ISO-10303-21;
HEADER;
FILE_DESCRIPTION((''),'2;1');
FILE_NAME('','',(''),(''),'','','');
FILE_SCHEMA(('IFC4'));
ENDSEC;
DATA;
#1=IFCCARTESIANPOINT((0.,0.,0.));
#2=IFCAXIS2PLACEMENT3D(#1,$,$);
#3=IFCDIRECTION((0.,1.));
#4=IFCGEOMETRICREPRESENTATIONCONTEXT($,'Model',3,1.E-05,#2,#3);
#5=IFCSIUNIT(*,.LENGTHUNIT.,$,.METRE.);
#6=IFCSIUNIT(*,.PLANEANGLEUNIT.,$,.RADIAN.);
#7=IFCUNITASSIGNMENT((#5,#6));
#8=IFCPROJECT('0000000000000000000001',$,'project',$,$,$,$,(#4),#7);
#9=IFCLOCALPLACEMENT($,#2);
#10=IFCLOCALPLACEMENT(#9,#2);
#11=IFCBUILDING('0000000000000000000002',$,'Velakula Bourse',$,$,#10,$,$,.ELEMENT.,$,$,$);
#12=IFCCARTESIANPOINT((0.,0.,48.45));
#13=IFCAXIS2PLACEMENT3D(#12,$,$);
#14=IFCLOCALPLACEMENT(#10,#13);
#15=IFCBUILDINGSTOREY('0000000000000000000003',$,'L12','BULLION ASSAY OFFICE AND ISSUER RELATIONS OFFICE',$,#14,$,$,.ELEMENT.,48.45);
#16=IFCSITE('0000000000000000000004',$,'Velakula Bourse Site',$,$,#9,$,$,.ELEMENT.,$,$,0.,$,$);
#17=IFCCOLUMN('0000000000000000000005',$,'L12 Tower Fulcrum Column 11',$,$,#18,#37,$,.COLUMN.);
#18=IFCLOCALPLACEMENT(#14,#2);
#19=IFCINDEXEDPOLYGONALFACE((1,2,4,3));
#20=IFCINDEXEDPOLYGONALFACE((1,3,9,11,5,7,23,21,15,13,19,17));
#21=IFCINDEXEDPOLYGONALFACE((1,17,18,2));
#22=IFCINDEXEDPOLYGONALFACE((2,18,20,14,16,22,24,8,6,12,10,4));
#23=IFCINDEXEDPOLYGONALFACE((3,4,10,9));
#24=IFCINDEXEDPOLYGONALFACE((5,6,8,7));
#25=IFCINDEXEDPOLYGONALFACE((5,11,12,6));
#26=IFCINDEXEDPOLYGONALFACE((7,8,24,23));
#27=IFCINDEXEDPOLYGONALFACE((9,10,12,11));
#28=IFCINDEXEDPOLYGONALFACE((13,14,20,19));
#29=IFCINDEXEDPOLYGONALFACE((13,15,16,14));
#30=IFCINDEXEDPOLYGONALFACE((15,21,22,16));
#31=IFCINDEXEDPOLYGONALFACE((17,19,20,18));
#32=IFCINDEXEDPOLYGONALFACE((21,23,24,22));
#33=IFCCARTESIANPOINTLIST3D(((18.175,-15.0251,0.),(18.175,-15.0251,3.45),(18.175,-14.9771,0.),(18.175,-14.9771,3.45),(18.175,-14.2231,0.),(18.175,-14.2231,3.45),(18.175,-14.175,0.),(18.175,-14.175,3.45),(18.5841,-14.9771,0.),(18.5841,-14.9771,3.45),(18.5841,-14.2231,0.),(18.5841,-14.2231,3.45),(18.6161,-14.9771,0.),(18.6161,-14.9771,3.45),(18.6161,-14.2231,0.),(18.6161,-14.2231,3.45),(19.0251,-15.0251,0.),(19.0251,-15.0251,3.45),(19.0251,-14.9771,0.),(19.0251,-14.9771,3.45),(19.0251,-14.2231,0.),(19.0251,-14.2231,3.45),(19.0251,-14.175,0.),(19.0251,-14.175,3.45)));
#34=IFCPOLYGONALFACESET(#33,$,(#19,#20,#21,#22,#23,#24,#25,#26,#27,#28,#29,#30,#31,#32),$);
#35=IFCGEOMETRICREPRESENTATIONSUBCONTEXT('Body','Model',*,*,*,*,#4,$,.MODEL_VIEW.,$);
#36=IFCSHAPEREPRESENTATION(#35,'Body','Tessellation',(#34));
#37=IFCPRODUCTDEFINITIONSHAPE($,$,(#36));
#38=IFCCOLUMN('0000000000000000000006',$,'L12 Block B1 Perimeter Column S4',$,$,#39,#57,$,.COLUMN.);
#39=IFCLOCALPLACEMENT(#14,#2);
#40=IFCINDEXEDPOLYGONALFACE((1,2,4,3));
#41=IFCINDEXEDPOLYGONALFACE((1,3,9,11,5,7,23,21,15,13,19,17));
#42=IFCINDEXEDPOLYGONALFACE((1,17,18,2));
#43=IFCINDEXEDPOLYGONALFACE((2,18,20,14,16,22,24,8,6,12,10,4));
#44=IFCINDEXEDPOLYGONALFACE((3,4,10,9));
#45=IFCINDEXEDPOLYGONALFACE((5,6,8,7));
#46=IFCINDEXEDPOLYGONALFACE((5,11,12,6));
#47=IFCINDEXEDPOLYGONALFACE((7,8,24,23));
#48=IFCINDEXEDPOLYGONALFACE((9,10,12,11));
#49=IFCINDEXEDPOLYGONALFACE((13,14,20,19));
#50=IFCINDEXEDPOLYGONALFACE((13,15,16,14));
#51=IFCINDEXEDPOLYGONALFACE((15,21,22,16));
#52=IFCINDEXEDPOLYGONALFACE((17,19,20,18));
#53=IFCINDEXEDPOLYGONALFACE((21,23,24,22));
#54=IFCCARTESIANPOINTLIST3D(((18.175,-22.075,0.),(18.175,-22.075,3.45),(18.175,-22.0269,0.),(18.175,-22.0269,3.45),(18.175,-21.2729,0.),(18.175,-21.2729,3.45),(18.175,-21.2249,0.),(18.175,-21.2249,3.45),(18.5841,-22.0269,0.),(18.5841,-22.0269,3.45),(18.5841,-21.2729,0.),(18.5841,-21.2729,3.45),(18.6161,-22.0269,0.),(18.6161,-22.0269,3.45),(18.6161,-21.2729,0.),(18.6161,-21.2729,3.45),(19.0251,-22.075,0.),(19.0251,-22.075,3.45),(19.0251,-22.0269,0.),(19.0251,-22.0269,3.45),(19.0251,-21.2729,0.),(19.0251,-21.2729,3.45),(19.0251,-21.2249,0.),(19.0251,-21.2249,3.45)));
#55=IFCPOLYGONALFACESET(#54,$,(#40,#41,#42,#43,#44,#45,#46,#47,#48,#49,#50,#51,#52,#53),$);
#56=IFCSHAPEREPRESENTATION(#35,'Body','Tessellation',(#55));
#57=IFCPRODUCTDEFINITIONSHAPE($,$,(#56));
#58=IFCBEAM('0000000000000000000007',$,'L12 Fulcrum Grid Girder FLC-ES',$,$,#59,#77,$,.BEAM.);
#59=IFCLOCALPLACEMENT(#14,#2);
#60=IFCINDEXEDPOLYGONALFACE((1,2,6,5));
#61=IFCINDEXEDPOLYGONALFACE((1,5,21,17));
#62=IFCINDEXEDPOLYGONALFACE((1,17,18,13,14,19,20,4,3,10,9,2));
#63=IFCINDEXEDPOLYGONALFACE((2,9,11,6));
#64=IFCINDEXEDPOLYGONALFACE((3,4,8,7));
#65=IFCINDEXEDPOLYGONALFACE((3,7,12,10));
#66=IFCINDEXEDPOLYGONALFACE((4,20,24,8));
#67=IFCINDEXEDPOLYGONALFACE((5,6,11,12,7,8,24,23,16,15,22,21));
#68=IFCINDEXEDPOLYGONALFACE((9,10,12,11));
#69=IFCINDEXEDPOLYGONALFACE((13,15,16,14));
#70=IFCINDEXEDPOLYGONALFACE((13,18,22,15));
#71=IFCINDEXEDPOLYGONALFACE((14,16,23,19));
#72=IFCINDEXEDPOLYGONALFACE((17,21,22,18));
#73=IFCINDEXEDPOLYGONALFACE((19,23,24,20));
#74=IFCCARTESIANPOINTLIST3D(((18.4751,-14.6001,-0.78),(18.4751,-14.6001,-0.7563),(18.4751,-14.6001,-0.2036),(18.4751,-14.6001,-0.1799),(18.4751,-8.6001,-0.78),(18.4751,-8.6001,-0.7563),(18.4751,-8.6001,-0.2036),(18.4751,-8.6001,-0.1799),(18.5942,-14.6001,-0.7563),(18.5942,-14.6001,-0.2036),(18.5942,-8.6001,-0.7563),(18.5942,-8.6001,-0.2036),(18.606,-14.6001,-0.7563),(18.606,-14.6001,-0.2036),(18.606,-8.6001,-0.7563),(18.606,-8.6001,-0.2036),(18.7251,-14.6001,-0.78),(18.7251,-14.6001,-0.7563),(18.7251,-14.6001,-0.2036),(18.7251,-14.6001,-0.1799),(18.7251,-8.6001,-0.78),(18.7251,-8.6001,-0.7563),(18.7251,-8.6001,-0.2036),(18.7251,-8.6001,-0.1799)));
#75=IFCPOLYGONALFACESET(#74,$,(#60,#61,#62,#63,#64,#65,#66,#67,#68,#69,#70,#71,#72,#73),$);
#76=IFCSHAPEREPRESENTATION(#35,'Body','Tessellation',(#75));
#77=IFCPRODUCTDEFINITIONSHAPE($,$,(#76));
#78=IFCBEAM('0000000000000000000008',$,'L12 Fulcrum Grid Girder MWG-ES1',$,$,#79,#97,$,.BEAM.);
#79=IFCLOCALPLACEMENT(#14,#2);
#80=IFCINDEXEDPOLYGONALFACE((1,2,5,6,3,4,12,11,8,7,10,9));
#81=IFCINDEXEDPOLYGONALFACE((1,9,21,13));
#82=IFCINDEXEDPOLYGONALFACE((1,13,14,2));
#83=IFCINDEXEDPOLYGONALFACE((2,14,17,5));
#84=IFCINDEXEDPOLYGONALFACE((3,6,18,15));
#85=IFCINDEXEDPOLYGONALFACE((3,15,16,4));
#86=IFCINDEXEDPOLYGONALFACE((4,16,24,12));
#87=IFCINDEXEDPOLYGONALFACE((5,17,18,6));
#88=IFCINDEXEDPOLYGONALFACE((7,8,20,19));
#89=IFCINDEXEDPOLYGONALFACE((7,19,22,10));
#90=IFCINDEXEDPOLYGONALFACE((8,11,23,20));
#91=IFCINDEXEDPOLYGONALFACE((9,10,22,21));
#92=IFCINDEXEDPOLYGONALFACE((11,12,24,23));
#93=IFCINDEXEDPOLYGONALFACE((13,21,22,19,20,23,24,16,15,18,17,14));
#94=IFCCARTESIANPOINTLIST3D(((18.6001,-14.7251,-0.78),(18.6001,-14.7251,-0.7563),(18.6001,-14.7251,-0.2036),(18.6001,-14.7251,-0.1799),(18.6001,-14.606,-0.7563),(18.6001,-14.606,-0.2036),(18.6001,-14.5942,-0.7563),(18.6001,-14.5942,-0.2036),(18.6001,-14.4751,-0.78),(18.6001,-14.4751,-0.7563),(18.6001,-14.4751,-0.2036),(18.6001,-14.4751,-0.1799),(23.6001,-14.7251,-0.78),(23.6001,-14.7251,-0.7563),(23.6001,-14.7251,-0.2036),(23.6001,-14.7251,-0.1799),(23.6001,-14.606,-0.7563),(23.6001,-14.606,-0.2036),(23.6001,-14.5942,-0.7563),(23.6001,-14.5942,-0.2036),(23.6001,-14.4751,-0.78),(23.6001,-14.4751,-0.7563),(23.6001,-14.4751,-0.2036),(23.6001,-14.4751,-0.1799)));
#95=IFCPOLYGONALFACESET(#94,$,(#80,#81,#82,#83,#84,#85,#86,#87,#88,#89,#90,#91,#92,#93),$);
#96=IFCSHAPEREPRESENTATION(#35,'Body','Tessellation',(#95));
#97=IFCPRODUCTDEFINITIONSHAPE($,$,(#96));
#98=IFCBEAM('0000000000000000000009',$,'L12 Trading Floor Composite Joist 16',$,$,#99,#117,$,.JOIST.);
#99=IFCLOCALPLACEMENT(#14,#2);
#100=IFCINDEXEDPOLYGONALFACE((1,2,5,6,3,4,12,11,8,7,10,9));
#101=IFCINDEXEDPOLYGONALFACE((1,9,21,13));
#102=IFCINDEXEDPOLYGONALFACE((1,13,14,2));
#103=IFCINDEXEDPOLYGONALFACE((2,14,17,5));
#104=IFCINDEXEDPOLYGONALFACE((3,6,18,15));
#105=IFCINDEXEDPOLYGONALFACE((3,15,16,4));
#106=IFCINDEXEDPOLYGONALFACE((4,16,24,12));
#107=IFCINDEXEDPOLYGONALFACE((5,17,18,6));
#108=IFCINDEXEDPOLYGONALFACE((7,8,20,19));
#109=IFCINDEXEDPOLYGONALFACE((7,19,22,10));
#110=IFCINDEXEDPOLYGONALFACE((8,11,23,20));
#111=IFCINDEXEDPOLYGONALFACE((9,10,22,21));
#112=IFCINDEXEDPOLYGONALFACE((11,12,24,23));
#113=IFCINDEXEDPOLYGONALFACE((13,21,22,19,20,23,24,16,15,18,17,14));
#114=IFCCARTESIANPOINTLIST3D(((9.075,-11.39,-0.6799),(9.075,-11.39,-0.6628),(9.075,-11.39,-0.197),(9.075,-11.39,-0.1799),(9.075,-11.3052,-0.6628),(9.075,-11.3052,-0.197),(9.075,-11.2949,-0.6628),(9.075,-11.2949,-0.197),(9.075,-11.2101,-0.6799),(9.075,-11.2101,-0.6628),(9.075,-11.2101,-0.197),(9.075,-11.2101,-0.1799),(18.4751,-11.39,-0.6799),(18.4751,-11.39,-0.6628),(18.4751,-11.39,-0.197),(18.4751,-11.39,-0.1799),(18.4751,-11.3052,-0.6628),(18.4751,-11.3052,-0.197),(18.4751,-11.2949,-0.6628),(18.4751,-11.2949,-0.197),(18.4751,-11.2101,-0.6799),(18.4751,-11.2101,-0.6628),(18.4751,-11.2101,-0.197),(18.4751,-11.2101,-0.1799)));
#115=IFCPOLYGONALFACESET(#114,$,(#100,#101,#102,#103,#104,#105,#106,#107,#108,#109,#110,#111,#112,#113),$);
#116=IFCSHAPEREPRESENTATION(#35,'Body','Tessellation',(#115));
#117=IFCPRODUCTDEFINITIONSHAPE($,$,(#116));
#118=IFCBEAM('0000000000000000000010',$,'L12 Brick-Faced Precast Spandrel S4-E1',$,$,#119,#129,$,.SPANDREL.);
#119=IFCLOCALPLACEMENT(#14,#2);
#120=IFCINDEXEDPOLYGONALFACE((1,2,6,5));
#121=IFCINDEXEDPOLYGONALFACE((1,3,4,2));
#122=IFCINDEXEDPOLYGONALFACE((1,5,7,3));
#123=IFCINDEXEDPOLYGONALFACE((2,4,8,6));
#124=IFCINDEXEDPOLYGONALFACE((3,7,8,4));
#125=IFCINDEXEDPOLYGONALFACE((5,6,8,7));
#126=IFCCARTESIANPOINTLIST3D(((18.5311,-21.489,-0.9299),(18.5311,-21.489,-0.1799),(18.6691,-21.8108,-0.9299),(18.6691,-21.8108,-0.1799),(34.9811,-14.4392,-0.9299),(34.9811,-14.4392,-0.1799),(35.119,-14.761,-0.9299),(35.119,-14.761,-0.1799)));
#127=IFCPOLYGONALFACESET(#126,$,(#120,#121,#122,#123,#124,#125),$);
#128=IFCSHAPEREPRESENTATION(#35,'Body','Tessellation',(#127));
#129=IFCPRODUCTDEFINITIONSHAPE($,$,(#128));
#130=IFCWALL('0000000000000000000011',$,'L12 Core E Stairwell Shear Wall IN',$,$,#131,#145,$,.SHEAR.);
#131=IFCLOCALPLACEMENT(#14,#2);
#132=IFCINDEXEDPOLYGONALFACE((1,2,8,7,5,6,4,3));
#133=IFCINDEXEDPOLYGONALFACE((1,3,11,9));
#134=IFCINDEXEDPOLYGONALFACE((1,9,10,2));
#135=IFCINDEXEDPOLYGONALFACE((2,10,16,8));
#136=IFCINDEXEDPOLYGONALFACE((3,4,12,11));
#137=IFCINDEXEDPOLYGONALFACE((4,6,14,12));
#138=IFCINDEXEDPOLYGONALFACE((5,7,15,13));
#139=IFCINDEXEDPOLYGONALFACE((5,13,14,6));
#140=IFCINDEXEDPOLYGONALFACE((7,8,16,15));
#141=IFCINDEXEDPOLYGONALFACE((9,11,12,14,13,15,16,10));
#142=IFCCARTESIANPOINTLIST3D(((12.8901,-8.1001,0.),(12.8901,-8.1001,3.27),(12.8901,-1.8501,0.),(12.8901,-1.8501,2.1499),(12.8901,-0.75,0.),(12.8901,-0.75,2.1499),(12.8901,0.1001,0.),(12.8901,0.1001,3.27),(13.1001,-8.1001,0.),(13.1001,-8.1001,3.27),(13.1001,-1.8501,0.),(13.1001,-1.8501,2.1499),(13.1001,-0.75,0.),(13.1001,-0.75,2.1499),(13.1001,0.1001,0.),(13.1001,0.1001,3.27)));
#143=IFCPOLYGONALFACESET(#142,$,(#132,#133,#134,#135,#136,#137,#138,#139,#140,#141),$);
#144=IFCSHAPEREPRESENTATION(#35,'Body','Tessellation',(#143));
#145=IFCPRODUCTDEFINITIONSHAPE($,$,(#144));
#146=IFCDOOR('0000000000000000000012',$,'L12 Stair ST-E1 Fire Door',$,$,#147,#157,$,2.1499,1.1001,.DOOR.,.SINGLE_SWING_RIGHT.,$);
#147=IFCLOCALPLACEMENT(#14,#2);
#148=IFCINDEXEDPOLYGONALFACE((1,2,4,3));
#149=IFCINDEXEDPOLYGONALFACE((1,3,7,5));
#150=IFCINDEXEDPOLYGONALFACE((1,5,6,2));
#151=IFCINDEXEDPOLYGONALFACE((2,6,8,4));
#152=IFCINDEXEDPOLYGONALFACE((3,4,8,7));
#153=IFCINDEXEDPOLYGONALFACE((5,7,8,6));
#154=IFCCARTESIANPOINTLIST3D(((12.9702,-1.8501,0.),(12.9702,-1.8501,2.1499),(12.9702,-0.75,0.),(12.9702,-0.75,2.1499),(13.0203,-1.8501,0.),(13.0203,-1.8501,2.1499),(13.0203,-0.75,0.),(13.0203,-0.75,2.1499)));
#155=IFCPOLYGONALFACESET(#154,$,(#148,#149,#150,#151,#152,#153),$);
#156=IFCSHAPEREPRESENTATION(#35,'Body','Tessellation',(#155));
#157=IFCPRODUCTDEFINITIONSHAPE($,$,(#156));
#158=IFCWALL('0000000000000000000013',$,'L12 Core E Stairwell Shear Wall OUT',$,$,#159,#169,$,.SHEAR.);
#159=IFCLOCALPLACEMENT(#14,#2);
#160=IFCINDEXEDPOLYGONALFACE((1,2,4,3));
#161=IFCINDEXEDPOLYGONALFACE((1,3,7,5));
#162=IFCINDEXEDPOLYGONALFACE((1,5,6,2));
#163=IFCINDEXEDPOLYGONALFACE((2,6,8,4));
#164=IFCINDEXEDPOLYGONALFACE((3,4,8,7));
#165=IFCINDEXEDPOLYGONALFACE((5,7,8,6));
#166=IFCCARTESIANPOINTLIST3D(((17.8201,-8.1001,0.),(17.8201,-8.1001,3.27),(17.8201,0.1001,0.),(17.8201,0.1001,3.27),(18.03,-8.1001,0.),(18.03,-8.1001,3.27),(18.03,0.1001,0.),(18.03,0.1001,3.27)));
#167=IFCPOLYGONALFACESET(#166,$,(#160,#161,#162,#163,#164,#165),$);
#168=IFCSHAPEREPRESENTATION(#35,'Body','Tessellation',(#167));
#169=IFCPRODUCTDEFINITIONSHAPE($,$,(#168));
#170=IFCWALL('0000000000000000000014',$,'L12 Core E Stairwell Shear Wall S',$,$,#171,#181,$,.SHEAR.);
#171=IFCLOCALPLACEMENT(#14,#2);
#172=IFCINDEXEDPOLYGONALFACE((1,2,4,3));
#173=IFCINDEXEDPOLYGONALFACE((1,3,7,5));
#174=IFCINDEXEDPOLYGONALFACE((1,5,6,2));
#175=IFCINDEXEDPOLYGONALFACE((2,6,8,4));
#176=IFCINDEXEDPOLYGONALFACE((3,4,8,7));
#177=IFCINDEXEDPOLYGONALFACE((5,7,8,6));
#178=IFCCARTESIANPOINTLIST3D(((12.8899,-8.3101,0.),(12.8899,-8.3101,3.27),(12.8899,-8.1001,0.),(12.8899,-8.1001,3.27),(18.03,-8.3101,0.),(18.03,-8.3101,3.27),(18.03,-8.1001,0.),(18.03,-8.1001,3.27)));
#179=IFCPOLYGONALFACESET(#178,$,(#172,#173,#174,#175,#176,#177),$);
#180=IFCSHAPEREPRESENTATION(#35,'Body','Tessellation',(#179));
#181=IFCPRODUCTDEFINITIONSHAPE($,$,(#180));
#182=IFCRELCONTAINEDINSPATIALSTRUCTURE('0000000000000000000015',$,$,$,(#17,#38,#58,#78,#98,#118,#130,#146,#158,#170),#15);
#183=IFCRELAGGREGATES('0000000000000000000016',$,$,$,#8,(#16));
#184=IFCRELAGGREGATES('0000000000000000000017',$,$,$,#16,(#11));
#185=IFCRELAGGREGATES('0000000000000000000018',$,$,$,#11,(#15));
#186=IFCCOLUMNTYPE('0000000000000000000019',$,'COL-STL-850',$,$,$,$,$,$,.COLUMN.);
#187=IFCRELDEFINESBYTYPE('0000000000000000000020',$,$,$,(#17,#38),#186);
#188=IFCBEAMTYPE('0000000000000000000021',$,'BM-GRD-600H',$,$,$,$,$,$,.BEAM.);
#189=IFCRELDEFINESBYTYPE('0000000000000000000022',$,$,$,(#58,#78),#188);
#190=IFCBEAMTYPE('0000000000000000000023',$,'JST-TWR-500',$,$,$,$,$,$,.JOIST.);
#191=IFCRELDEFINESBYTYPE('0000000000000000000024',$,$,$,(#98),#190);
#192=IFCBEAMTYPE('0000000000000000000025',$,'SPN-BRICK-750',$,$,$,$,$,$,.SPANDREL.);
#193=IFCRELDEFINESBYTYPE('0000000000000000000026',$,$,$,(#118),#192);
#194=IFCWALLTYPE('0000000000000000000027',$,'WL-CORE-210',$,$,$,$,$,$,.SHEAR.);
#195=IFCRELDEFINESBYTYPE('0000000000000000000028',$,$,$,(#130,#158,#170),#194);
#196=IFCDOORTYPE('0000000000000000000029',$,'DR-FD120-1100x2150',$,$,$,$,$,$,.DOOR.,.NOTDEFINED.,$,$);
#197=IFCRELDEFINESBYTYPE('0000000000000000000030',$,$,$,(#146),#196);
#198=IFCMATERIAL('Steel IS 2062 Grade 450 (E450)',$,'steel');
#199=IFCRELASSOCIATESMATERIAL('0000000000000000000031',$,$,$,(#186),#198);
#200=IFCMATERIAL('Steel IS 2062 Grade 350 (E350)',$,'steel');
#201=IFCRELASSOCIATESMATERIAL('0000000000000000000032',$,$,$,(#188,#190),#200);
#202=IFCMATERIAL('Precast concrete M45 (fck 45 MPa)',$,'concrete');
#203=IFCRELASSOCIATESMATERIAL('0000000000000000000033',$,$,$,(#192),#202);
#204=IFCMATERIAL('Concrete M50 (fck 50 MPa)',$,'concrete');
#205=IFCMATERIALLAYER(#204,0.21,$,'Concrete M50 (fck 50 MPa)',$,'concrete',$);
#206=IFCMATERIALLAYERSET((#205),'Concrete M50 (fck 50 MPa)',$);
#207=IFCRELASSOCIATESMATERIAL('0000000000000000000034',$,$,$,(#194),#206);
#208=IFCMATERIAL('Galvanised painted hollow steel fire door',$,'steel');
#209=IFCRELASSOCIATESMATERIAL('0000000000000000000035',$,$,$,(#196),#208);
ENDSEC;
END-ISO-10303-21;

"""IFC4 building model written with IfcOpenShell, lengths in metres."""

from ifc_helpers import new_model, si_unit, direction, frame, frame_2d, origin, origin_2d, place, context, subcontext, project, spatial, rectangle, i_section, extrude, material, layer, layer_set, material_profile, profile_set, type_object, element, fill, save


model = new_model("IFC4")

# Units and contexts
model_context = context("Model", 3, precision=1e-05, world=origin(), true_north=direction((0.0, 1.0)))
body_context = subcontext(model_context, "Body", "Model", "MODEL_VIEW")
ifc_project = project(units=[si_unit("LENGTHUNIT", "METRE"), si_unit("PLANEANGLEUNIT", "RADIAN")], contexts=[model_context])

# Site, building, storey
site_placement = place(None, origin())
site = spatial("IfcSite", under=ifc_project, at=site_placement, Name="Velakula Bourse Site", CompositionType="ELEMENT", RefElevation=0.0)
building_placement = place(site_placement, origin())
building = spatial("IfcBuilding", under=site, at=building_placement, Name="Velakula Bourse", CompositionType="ELEMENT")
storey_placement = place(building_placement, frame((0.0, 0.0, 48.45)))
storey = spatial("IfcBuildingStorey", under=building, at=storey_placement, Name="L12", Description="BULLION ASSAY OFFICE AND ISSUER RELATIONS OFFICE", CompositionType="ELEMENT", Elevation=48.45)

# Columns
ifc_material_1 = material(Name="Steel IS 2062 Grade 450 (E450)", Category="steel")
ifc_material_profile_1 = material_profile(ifc_material_1, i_section(OverallWidth=0.8501, OverallDepth=0.8501, WebThickness=0.032, FlangeThickness=0.0481, at=origin_2d()), Name="Steel IS 2062 Grade 450 (E450)")
ifc_profile_set_1 = profile_set([ifc_material_profile_1], Name="Steel IS 2062 Grade 450 (E450)")
column_type = type_object("IfcColumnType", Name="COL-STL-850", PredefinedType="COLUMN", material=ifc_profile_set_1)
for number, where, z_axis, x_axis, name in (
    (1, (18.6001, -14.6001, 0.0), (0.0, 0.0, 1.0), (1.0, 0.0, 0.0), "L12 Tower Fulcrum Column 11"),
    (2, (18.6001, -21.6499, 0.0), (0.0, 0.0, 1.0), (1.0, 0.0, 0.0), "L12 Block B1 Perimeter Column S4"),
):
    element("IfcColumn", number, at=place(storey_placement, frame(where, z_axis=z_axis, x_axis=x_axis)), inside=storey, type_object=column_type, Name=name, PredefinedType="COLUMN", context=body_context, shape_type="SweptSolid", body=[
        extrude(i_section(OverallWidth=0.8501, OverallDepth=0.8501, WebThickness=0.032, FlangeThickness=0.0481, at=origin_2d()), origin(), (0.0, 0.0, 1.0), 3.45),
    ])

# Beams
ifc_material_2 = material(Name="Steel IS 2062 Grade 350 (E350)", Category="steel")
ifc_material_profile_2 = material_profile(ifc_material_2, i_section(OverallWidth=0.25, OverallDepth=0.6001, WebThickness=0.0117, FlangeThickness=0.0237, at=origin_2d()), Name="Steel IS 2062 Grade 350 (E350)")
ifc_profile_set_2 = profile_set([ifc_material_profile_2], Name="Steel IS 2062 Grade 350 (E350)")
beam_type_1 = type_object("IfcBeamType", Name="BM-GRD-600H", PredefinedType="BEAM", material=ifc_profile_set_2)
beam_1_placement = place(storey_placement, frame((18.6001, -14.6001, -0.48), z_axis=(0.0, 1.0, 0.0), x_axis=(-1.0, 0.0, 0.0)))
element("IfcBeam", 3, at=beam_1_placement, inside=storey, type_object=beam_type_1, Name="L12 Fulcrum Grid Girder FLC-ES", PredefinedType="BEAM", context=body_context, shape_type="SweptSolid", body=[
    extrude(i_section(OverallWidth=0.25, OverallDepth=0.6001, WebThickness=0.0117, FlangeThickness=0.0237, at=origin_2d()), origin(), (0.0, 0.0, 1.0), 6.0),
])
beam_2_placement = place(storey_placement, frame((18.6001, -14.6001, -0.48), z_axis=(1.0, 0.0, 0.0), x_axis=(0.0, 1.0, 0.0)))
element("IfcBeam", 4, at=beam_2_placement, inside=storey, type_object=beam_type_1, Name="L12 Fulcrum Grid Girder MWG-ES1", PredefinedType="BEAM", context=body_context, shape_type="SweptSolid", body=[
    extrude(i_section(OverallWidth=0.25, OverallDepth=0.6001, WebThickness=0.0117, FlangeThickness=0.0237, at=origin_2d()), origin(), (0.0, 0.0, 1.0), 5.0),
])
ifc_material_profile_3 = material_profile(ifc_material_2, i_section(OverallWidth=0.1799, OverallDepth=0.5, WebThickness=0.0103, FlangeThickness=0.0171, at=origin_2d()), Name="Steel IS 2062 Grade 350 (E350)")
ifc_profile_set_3 = profile_set([ifc_material_profile_3], Name="Steel IS 2062 Grade 350 (E350)")
beam_type_2 = type_object("IfcBeamType", Name="JST-TWR-500", PredefinedType="JOIST", material=ifc_profile_set_3)
beam_3_placement = place(storey_placement, frame((9.075, -11.3, -0.4299), z_axis=(1.0, 0.0, 0.0), x_axis=(0.0, 1.0, 0.0)))
element("IfcBeam", 5, at=beam_3_placement, inside=storey, type_object=beam_type_2, Name="L12 Trading Floor Composite Joist 16", PredefinedType="JOIST", context=body_context, shape_type="SweptSolid", body=[
    extrude(i_section(OverallWidth=0.1799, OverallDepth=0.5, WebThickness=0.0103, FlangeThickness=0.0171, at=origin_2d()), origin(), (0.0, 0.0, 1.0), 9.4001),
])
ifc_material_3 = material(Name="Precast concrete M45 (fck 45 MPa)", Category="concrete")
ifc_material_profile_4 = material_profile(ifc_material_3, rectangle(XDim=0.3501, YDim=0.75, at=origin_2d()), Name="Precast concrete M45 (fck 45 MPa)")
ifc_profile_set_4 = profile_set([ifc_material_profile_4], Name="Precast concrete M45 (fck 45 MPa)")
beam_type_3 = type_object("IfcBeamType", Name="SPN-BRICK-750", PredefinedType="SPANDREL", material=ifc_profile_set_4)
beam_4_placement = place(storey_placement, frame((18.6001, -21.6499, -0.5549), z_axis=(0.919149, 0.393911, 0.0), x_axis=(-0.393911, 0.919149, 0.0)))
element("IfcBeam", 6, at=beam_4_placement, inside=storey, type_object=beam_type_3, Name="L12 Brick-Faced Precast Spandrel S4-E1", PredefinedType="SPANDREL", context=body_context, shape_type="SweptSolid", body=[
    extrude(rectangle(XDim=0.3501, YDim=0.75, at=origin_2d()), origin(), (0.0, 0.0, 1.0), 17.897),
])

# Wall, opening, door
ifc_material_4 = material(Name="Concrete M50 (fck 50 MPa)", Category="concrete")
ifc_layer_1 = layer(ifc_material_4, 0.21, Name="Concrete M50 (fck 50 MPa)", Category="concrete")
ifc_layer_set_1 = layer_set([ifc_layer_1], Name="Concrete M50 (fck 50 MPa)")
wall_type_1 = type_object("IfcWallType", Name="WL-CORE-210", PredefinedType="SHEAR", material=ifc_layer_set_1)
wall_1_placement = place(storey_placement, frame((12.9951, -8.1001, 0.0), z_axis=(0.0, 0.0, 1.0), x_axis=(0.0, 1.0, 0.0)))
wall_1 = element("IfcWall", 7, at=wall_1_placement, inside=storey, type_object=wall_type_1, Name="L12 Core E Stairwell Shear Wall IN", PredefinedType="SHEAR", context=body_context, shape_type="SweptSolid", body=[
    extrude(rectangle(XDim=8.2002, YDim=0.21, at=frame_2d((4.1001, 0.0))), origin(), (0.0, 0.0, 1.0), 3.27),
])
opening_1_placement = place(wall_1_placement, frame((6.25, 0.0, 0.0)))
opening_1 = element("IfcOpeningElement", 8, at=opening_1_placement, cuts=wall_1, PredefinedType="OPENING", context=body_context, shape_type="SweptSolid", body=[
    extrude(rectangle(XDim=1.1001, YDim=2.1499, at=frame_2d((0.55, 1.075))), frame((0.0, 0.115, 0.0), z_axis=(0.0, -1.0, 0.0), x_axis=(1.0, 0.0, 0.0)), (0.0, 0.0, 1.0), 0.23),
])
ifc_material_5 = material(Name="Galvanised painted hollow steel fire door", Category="steel")
door_type_1 = type_object("IfcDoorType", Name="DR-FD120-1100x2150", OperationType="NOTDEFINED", PredefinedType="DOOR", material=ifc_material_5)
door_1_placement = place(opening_1_placement, origin())
door_1 = element("IfcDoor", 9, at=door_1_placement, inside=storey, type_object=door_type_1, Name="L12 Stair ST-E1 Fire Door", OperationType="SINGLE_SWING_RIGHT", OverallHeight=2.1499, OverallWidth=1.1001, PredefinedType="DOOR", context=body_context, shape_type="SweptSolid", body=[
    extrude(rectangle(XDim=1.1001, YDim=2.1499, at=frame_2d((0.55, 1.075))), frame((0.0, 0.0249, 0.0), z_axis=(0.0, -1.0, 0.0), x_axis=(1.0, 0.0, 0.0)), (0.0, 0.0, 1.0), 0.05),
])
fill(opening_1, door_1)

# Walls
wall_2_placement = place(storey_placement, frame((17.925, -8.1001, 0.0), z_axis=(0.0, 0.0, 1.0), x_axis=(0.0, 1.0, 0.0)))
element("IfcWall", 10, at=wall_2_placement, inside=storey, type_object=wall_type_1, Name="L12 Core E Stairwell Shear Wall OUT", PredefinedType="SHEAR", context=body_context, shape_type="SweptSolid", body=[
    extrude(rectangle(XDim=8.2002, YDim=0.21, at=frame_2d((4.1001, 0.0))), origin(), (0.0, 0.0, 1.0), 3.27),
])
wall_3_placement = place(storey_placement, frame((12.8899, -8.2051, 0.0), z_axis=(0.0, 0.0, 1.0), x_axis=(1.0, 0.0, 0.0)))
element("IfcWall", 11, at=wall_3_placement, inside=storey, type_object=wall_type_1, Name="L12 Core E Stairwell Shear Wall S", PredefinedType="SHEAR", context=body_context, shape_type="SweptSolid", body=[
    extrude(rectangle(XDim=5.1401, YDim=0.21, at=frame_2d((2.5701, 0.0))), origin(), (0.0, 0.0, 1.0), 3.27),
])

save(model, "model.ifc")
